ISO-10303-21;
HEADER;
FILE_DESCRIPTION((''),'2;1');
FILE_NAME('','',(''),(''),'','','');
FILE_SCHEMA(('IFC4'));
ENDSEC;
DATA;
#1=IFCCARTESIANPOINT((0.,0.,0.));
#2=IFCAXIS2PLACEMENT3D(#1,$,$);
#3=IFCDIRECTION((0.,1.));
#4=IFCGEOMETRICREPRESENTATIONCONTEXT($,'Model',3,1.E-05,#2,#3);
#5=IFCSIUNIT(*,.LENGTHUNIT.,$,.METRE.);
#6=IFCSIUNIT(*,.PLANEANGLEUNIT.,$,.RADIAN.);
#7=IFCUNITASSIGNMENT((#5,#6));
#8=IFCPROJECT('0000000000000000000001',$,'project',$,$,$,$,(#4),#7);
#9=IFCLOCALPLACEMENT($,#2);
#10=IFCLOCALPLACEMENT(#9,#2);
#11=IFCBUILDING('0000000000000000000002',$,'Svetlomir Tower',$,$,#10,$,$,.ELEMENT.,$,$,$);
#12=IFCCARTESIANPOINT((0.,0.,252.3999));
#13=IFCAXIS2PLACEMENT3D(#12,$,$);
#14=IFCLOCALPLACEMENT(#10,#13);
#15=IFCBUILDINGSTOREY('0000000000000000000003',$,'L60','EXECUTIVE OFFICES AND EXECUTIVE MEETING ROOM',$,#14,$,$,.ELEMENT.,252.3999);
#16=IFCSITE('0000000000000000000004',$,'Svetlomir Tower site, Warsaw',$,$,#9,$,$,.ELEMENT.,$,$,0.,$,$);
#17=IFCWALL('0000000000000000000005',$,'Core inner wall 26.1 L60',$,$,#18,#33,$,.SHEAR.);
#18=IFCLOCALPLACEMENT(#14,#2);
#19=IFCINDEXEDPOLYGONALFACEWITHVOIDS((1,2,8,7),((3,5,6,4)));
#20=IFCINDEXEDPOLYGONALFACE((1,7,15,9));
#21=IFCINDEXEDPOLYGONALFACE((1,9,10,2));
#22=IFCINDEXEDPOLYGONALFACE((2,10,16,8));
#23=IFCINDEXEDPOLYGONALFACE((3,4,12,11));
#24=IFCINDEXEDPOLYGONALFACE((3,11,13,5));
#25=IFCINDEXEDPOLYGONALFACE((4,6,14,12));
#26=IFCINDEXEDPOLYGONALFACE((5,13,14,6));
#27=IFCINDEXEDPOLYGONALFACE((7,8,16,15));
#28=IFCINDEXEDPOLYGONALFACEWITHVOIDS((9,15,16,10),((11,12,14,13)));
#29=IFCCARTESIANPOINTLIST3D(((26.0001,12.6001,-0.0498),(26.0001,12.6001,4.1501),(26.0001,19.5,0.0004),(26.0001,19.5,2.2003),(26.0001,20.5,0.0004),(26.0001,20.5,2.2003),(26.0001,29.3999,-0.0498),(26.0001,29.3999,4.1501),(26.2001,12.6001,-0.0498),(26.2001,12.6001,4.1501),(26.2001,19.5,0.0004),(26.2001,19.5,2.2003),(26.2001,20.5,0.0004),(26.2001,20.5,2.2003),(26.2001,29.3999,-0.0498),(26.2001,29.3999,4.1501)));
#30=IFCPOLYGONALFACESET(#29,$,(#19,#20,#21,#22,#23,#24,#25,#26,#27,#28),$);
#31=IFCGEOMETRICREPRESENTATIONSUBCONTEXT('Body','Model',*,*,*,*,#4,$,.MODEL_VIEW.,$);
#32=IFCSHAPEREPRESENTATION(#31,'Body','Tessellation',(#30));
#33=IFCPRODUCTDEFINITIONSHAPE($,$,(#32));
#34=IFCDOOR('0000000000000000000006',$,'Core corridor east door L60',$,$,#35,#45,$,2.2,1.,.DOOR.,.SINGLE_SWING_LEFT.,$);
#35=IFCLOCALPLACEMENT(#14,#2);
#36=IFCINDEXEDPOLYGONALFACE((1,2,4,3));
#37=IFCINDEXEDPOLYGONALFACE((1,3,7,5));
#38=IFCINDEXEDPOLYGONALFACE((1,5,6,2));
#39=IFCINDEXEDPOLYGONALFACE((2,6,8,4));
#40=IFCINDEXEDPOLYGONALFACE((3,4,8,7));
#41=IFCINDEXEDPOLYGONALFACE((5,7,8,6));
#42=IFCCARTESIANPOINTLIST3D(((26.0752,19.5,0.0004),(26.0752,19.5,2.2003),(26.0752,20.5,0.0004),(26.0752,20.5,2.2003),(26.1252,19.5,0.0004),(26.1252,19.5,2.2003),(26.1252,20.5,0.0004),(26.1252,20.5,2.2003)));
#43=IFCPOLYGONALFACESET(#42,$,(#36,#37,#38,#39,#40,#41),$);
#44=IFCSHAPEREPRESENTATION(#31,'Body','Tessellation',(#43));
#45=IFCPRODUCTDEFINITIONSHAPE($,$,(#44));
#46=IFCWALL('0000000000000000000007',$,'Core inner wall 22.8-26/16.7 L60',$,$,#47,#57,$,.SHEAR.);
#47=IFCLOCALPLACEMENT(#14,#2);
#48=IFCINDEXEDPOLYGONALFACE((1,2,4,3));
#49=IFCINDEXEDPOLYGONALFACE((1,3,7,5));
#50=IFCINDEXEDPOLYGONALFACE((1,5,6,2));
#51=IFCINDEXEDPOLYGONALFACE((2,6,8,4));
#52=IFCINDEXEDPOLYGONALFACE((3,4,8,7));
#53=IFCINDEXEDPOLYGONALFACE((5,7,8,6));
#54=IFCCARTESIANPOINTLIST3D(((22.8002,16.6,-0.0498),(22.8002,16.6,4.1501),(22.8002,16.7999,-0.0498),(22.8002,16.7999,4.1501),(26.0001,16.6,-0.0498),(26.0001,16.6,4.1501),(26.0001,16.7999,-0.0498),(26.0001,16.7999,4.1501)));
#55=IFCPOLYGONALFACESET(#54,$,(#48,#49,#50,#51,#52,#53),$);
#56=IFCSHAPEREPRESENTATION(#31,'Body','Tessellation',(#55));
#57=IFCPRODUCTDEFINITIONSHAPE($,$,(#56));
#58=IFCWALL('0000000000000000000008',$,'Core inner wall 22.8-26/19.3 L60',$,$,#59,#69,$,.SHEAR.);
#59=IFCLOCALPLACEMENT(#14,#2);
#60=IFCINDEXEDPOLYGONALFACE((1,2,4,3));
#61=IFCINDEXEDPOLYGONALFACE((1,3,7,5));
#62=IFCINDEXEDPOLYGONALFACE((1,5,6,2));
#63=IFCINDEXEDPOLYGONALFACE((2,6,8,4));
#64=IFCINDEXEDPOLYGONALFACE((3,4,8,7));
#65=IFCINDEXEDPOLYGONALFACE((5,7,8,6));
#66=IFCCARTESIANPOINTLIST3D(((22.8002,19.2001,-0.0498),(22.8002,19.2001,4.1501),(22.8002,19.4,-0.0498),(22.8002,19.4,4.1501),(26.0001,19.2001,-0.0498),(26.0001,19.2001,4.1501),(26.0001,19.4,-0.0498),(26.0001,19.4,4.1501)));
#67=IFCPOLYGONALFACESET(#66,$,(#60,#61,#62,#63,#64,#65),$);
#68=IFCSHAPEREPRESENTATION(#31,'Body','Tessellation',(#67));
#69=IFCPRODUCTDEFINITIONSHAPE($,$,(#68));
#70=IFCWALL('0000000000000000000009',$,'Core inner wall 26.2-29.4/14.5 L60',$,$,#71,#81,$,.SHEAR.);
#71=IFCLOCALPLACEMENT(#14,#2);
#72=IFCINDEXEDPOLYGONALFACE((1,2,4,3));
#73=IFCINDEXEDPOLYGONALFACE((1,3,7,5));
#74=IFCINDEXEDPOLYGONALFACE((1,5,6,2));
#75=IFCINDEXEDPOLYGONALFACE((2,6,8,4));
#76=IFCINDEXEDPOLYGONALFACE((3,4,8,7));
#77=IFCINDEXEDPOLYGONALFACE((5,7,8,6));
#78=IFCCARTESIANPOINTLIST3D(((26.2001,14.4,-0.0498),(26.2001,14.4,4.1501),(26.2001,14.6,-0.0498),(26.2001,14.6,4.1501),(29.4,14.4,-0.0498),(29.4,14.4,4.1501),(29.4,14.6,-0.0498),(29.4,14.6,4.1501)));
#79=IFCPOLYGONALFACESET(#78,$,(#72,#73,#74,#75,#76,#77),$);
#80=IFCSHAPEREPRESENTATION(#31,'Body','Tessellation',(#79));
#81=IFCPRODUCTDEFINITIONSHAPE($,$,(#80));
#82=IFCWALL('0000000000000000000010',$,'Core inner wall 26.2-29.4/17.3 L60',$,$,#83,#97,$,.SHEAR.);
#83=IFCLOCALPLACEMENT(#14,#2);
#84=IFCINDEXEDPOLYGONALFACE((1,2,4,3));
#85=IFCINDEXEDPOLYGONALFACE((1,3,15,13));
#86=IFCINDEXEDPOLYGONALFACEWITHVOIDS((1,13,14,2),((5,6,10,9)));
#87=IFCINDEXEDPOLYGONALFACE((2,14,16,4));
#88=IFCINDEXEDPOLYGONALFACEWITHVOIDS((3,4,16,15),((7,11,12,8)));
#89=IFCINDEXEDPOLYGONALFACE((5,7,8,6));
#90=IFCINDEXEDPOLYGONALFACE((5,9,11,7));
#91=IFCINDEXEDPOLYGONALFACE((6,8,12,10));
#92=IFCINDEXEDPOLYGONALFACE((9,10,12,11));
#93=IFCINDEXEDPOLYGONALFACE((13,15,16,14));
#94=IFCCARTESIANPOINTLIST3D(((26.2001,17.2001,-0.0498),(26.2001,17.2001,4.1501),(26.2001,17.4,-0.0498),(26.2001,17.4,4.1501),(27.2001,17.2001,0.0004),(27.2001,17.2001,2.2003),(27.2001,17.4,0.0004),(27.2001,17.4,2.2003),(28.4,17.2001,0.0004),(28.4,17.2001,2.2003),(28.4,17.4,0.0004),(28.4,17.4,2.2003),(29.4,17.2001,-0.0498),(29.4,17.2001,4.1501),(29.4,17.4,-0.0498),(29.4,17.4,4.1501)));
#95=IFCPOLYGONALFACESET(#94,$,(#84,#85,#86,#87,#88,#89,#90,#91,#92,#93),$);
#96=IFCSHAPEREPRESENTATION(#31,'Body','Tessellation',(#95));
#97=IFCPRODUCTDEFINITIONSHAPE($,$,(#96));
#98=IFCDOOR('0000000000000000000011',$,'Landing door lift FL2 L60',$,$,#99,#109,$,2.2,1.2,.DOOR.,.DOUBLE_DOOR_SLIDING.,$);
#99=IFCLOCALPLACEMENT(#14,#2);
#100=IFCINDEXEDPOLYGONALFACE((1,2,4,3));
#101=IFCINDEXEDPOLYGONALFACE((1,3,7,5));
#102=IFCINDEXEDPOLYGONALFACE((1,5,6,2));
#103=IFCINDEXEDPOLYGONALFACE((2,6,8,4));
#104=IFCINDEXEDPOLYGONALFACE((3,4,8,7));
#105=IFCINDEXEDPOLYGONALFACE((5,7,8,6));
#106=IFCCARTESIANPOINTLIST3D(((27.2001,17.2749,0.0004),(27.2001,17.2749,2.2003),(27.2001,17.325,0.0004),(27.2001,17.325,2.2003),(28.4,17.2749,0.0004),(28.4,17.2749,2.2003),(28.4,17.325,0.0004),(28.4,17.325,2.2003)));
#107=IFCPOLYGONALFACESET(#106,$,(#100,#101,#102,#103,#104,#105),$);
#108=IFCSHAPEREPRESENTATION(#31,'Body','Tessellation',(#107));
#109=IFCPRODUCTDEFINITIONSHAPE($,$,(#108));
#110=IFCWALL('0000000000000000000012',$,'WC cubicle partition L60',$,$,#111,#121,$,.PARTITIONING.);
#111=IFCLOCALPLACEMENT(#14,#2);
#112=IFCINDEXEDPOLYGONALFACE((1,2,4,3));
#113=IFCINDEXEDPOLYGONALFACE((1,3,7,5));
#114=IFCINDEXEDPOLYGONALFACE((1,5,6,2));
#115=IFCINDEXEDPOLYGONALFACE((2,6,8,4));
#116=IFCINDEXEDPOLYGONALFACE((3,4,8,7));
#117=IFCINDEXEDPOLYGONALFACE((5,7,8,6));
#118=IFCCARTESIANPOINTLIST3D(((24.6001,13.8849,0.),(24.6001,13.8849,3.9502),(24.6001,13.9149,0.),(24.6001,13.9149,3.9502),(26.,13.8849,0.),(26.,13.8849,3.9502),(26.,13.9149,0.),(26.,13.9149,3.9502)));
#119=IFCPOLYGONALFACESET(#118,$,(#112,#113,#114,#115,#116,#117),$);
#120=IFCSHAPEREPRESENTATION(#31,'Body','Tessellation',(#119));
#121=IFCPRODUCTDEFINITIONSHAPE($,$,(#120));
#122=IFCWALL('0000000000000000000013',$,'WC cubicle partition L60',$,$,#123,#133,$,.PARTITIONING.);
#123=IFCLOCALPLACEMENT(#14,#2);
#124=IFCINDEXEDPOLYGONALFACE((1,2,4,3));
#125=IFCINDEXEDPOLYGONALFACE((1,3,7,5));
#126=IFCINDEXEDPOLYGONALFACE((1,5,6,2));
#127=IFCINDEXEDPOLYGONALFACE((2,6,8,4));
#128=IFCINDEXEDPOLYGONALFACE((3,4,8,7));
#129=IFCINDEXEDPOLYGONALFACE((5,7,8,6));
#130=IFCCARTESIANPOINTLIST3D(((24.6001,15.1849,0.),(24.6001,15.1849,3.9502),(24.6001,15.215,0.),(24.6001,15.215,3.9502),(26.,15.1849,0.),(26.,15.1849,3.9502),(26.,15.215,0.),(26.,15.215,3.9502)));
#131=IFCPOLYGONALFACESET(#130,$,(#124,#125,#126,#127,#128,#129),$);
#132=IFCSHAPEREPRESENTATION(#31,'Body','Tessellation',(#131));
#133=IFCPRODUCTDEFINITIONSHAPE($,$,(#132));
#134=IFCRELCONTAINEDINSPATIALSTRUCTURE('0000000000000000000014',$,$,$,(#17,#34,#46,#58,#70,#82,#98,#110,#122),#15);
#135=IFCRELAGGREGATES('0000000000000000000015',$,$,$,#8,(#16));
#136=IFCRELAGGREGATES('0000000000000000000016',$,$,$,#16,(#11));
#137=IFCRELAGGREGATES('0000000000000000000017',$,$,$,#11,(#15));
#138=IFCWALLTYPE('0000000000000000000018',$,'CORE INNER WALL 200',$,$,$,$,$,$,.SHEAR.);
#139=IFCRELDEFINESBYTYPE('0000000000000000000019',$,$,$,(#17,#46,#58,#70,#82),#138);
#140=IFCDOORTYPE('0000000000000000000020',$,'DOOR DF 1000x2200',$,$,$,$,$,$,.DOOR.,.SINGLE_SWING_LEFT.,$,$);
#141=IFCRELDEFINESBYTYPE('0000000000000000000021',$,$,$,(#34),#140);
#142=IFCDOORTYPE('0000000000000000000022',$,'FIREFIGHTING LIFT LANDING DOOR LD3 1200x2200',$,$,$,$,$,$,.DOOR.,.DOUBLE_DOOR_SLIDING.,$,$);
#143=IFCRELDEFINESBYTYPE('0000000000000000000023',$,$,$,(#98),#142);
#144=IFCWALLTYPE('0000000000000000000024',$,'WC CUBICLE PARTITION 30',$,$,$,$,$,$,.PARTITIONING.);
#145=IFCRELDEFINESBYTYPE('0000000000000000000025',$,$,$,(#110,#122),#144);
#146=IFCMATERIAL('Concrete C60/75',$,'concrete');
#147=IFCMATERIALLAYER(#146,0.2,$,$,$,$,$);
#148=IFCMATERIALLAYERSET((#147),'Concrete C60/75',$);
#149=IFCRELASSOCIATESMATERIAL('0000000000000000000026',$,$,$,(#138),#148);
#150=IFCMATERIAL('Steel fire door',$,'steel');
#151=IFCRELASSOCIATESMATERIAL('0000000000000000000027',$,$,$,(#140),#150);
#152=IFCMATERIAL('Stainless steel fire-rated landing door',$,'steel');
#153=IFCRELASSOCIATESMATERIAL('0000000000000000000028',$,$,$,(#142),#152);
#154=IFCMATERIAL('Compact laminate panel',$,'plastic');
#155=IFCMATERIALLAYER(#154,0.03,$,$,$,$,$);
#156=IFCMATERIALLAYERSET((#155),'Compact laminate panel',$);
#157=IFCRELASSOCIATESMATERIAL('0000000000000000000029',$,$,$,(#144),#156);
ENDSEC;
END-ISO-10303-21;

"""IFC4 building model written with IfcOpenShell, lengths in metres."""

from ifc_helpers import new_model, si_unit, direction, frame, frame_2d, origin, place, context, subcontext, project, spatial, rectangle, extrude, material, layer, layer_set, type_object, element, fill, save


model = new_model("IFC4")

# Units and contexts
model_context = context("Model", 3, precision=1e-05, world=origin(), true_north=direction((0.0, 1.0)))
body_context = subcontext(model_context, "Body", "Model", "MODEL_VIEW")
ifc_project = project(units=[si_unit("LENGTHUNIT", "METRE"), si_unit("PLANEANGLEUNIT", "RADIAN")], contexts=[model_context])

# Site, building, storey
site_placement = place(None, origin())
site = spatial("IfcSite", under=ifc_project, at=site_placement, Name="Svetlomir Tower site, Warsaw", CompositionType="ELEMENT", RefElevation=0.0)
building_placement = place(site_placement, origin())
building = spatial("IfcBuilding", under=site, at=building_placement, Name="Svetlomir Tower", CompositionType="ELEMENT")
storey_placement = place(building_placement, frame((0.0, 0.0, 252.3999)))
storey = spatial("IfcBuildingStorey", under=building, at=storey_placement, Name="L60", Description="EXECUTIVE OFFICES AND EXECUTIVE MEETING ROOM", CompositionType="ELEMENT", Elevation=252.3999)

# Wall, opening, door
ifc_material_1 = material(Name="Concrete C60/75", Category="concrete")
ifc_layer_1 = layer(ifc_material_1, 0.2)
ifc_layer_set_1 = layer_set([ifc_layer_1], Name="Concrete C60/75")
wall_type_1 = type_object("IfcWallType", Name="CORE INNER WALL 200", PredefinedType="SHEAR", material=ifc_layer_set_1)
wall_1_placement = place(storey_placement, frame((26.1001, 12.6001, -0.0498), z_axis=(0.0, 0.0, 1.0), x_axis=(0.0, 1.0, 0.0)))
wall_1 = element("IfcWall", 1, at=wall_1_placement, inside=storey, type_object=wall_type_1, Name="Core inner wall 26.1 L60", PredefinedType="SHEAR", context=body_context, shape_type="SweptSolid", body=[
    extrude(rectangle(XDim=16.7998, YDim=0.2, at=frame_2d((8.3999, 0.0))), origin(), (0.0, 0.0, 1.0), 4.2),
])
opening_1_placement = place(wall_1_placement, frame((6.8999, 0.0, 0.05)))
opening_1 = element("IfcOpeningElement", 2, at=opening_1_placement, cuts=wall_1, PredefinedType="OPENING", context=body_context, shape_type="SweptSolid", body=[
    extrude(rectangle(XDim=1.0, YDim=2.2, at=frame_2d((0.5, 1.1001))), frame((0.0, 0.1099, 0.0), z_axis=(0.0, -1.0, 0.0), x_axis=(1.0, 0.0, 0.0)), (0.0, 0.0, 1.0), 0.22),
])
ifc_material_2 = material(Name="Steel fire door", Category="steel")
door_type_1 = type_object("IfcDoorType", Name="DOOR DF 1000x2200", OperationType="SINGLE_SWING_LEFT", PredefinedType="DOOR", material=ifc_material_2)
door_1_placement = place(opening_1_placement, origin())
door_1 = element("IfcDoor", 3, at=door_1_placement, inside=storey, type_object=door_type_1, Name="Core corridor east door L60", OperationType="SINGLE_SWING_LEFT", OverallHeight=2.2, OverallWidth=1.0, PredefinedType="DOOR", context=body_context, shape_type="SweptSolid", body=[
    extrude(rectangle(XDim=1.0, YDim=2.2, at=frame_2d((0.5, 1.1001))), frame((0.0, 0.0249, 0.0), z_axis=(0.0, -1.0, 0.0), x_axis=(1.0, 0.0, 0.0)), (0.0, 0.0, 1.0), 0.05),
])
fill(opening_1, door_1)

# Walls
for number, where, z_axis, x_axis, name in (
    (4, (22.8, 16.7, -0.0498), (0.0, 0.0, 1.0), (1.0, 0.0, 0.0), "Core inner wall 22.8-26/16.7 L60"),
    (5, (22.8, 19.3, -0.0498), (0.0, 0.0, 1.0), (1.0, 0.0, 0.0), "Core inner wall 22.8-26/19.3 L60"),
    (6, (26.2, 14.5, -0.0498), (0.0, 0.0, 1.0), (1.0, 0.0, 0.0), "Core inner wall 26.2-29.4/14.5 L60"),
):
    element("IfcWall", number, at=place(storey_placement, frame(where, z_axis=z_axis, x_axis=x_axis)), inside=storey, type_object=wall_type_1, Name=name, PredefinedType="SHEAR", context=body_context, shape_type="SweptSolid", body=[
        extrude(rectangle(XDim=3.2, YDim=0.2, at=frame_2d((1.6001, 0.0))), origin(), (0.0, 0.0, 1.0), 4.2),
    ])

# Wall, opening, door
wall_2_placement = place(storey_placement, frame((26.2, 17.3, -0.0498), z_axis=(0.0, 0.0, 1.0), x_axis=(1.0, 0.0, 0.0)))
wall_2 = element("IfcWall", 7, at=wall_2_placement, inside=storey, type_object=wall_type_1, Name="Core inner wall 26.2-29.4/17.3 L60", PredefinedType="SHEAR", context=body_context, shape_type="SweptSolid", body=[
    extrude(rectangle(XDim=3.2, YDim=0.2, at=frame_2d((1.6001, 0.0))), origin(), (0.0, 0.0, 1.0), 4.2),
])
opening_2_placement = place(wall_2_placement, frame((1.0, 0.0, 0.05)))
opening_2 = element("IfcOpeningElement", 8, at=opening_2_placement, cuts=wall_2, PredefinedType="OPENING", context=body_context, shape_type="SweptSolid", body=[
    extrude(rectangle(XDim=1.2, YDim=2.2, at=frame_2d((0.6001, 1.1001))), frame((0.0, 0.1099, 0.0), z_axis=(0.0, -1.0, 0.0), x_axis=(1.0, 0.0, 0.0)), (0.0, 0.0, 1.0), 0.22),
])
ifc_material_3 = material(Name="Stainless steel fire-rated landing door", Category="steel")
door_type_2 = type_object("IfcDoorType", Name="FIREFIGHTING LIFT LANDING DOOR LD3 1200x2200", OperationType="DOUBLE_DOOR_SLIDING", PredefinedType="DOOR", material=ifc_material_3)
door_2_placement = place(opening_2_placement, origin())
door_2 = element("IfcDoor", 9, at=door_2_placement, inside=storey, type_object=door_type_2, Name="Landing door lift FL2 L60", OperationType="DOUBLE_DOOR_SLIDING", OverallHeight=2.2, OverallWidth=1.2, PredefinedType="DOOR", context=body_context, shape_type="SweptSolid", body=[
    extrude(rectangle(XDim=1.2, YDim=2.2, at=frame_2d((0.6001, 1.1001))), frame((0.0, 0.0249, 0.0), z_axis=(0.0, -1.0, 0.0), x_axis=(1.0, 0.0, 0.0)), (0.0, 0.0, 1.0), 0.05),
])
fill(opening_2, door_2)

# Walls
ifc_material_4 = material(Name="Compact laminate panel", Category="plastic")
ifc_layer_2 = layer(ifc_material_4, 0.03)
ifc_layer_set_2 = layer_set([ifc_layer_2], Name="Compact laminate panel")
wall_type_2 = type_object("IfcWallType", Name="WC CUBICLE PARTITION 30", PredefinedType="PARTITIONING", material=ifc_layer_set_2)
for number, where, z_axis, x_axis, name in (
    (10, (24.6001, 13.8999, 0.0), (0.0, 0.0, 1.0), (1.0, 0.0, 0.0), "WC cubicle partition L60"),
    (11, (24.6001, 15.2, 0.0), (0.0, 0.0, 1.0), (1.0, 0.0, 0.0), "WC cubicle partition L60"),
):
    element("IfcWall", number, at=place(storey_placement, frame(where, z_axis=z_axis, x_axis=x_axis)), inside=storey, type_object=wall_type_2, Name=name, PredefinedType="PARTITIONING", context=body_context, shape_type="SweptSolid", body=[
        extrude(rectangle(XDim=1.3999, YDim=0.03, at=frame_2d((0.7, 0.0))), origin(), (0.0, 0.0, 1.0), 3.9502),
    ])

save(model, "model.ifc")
